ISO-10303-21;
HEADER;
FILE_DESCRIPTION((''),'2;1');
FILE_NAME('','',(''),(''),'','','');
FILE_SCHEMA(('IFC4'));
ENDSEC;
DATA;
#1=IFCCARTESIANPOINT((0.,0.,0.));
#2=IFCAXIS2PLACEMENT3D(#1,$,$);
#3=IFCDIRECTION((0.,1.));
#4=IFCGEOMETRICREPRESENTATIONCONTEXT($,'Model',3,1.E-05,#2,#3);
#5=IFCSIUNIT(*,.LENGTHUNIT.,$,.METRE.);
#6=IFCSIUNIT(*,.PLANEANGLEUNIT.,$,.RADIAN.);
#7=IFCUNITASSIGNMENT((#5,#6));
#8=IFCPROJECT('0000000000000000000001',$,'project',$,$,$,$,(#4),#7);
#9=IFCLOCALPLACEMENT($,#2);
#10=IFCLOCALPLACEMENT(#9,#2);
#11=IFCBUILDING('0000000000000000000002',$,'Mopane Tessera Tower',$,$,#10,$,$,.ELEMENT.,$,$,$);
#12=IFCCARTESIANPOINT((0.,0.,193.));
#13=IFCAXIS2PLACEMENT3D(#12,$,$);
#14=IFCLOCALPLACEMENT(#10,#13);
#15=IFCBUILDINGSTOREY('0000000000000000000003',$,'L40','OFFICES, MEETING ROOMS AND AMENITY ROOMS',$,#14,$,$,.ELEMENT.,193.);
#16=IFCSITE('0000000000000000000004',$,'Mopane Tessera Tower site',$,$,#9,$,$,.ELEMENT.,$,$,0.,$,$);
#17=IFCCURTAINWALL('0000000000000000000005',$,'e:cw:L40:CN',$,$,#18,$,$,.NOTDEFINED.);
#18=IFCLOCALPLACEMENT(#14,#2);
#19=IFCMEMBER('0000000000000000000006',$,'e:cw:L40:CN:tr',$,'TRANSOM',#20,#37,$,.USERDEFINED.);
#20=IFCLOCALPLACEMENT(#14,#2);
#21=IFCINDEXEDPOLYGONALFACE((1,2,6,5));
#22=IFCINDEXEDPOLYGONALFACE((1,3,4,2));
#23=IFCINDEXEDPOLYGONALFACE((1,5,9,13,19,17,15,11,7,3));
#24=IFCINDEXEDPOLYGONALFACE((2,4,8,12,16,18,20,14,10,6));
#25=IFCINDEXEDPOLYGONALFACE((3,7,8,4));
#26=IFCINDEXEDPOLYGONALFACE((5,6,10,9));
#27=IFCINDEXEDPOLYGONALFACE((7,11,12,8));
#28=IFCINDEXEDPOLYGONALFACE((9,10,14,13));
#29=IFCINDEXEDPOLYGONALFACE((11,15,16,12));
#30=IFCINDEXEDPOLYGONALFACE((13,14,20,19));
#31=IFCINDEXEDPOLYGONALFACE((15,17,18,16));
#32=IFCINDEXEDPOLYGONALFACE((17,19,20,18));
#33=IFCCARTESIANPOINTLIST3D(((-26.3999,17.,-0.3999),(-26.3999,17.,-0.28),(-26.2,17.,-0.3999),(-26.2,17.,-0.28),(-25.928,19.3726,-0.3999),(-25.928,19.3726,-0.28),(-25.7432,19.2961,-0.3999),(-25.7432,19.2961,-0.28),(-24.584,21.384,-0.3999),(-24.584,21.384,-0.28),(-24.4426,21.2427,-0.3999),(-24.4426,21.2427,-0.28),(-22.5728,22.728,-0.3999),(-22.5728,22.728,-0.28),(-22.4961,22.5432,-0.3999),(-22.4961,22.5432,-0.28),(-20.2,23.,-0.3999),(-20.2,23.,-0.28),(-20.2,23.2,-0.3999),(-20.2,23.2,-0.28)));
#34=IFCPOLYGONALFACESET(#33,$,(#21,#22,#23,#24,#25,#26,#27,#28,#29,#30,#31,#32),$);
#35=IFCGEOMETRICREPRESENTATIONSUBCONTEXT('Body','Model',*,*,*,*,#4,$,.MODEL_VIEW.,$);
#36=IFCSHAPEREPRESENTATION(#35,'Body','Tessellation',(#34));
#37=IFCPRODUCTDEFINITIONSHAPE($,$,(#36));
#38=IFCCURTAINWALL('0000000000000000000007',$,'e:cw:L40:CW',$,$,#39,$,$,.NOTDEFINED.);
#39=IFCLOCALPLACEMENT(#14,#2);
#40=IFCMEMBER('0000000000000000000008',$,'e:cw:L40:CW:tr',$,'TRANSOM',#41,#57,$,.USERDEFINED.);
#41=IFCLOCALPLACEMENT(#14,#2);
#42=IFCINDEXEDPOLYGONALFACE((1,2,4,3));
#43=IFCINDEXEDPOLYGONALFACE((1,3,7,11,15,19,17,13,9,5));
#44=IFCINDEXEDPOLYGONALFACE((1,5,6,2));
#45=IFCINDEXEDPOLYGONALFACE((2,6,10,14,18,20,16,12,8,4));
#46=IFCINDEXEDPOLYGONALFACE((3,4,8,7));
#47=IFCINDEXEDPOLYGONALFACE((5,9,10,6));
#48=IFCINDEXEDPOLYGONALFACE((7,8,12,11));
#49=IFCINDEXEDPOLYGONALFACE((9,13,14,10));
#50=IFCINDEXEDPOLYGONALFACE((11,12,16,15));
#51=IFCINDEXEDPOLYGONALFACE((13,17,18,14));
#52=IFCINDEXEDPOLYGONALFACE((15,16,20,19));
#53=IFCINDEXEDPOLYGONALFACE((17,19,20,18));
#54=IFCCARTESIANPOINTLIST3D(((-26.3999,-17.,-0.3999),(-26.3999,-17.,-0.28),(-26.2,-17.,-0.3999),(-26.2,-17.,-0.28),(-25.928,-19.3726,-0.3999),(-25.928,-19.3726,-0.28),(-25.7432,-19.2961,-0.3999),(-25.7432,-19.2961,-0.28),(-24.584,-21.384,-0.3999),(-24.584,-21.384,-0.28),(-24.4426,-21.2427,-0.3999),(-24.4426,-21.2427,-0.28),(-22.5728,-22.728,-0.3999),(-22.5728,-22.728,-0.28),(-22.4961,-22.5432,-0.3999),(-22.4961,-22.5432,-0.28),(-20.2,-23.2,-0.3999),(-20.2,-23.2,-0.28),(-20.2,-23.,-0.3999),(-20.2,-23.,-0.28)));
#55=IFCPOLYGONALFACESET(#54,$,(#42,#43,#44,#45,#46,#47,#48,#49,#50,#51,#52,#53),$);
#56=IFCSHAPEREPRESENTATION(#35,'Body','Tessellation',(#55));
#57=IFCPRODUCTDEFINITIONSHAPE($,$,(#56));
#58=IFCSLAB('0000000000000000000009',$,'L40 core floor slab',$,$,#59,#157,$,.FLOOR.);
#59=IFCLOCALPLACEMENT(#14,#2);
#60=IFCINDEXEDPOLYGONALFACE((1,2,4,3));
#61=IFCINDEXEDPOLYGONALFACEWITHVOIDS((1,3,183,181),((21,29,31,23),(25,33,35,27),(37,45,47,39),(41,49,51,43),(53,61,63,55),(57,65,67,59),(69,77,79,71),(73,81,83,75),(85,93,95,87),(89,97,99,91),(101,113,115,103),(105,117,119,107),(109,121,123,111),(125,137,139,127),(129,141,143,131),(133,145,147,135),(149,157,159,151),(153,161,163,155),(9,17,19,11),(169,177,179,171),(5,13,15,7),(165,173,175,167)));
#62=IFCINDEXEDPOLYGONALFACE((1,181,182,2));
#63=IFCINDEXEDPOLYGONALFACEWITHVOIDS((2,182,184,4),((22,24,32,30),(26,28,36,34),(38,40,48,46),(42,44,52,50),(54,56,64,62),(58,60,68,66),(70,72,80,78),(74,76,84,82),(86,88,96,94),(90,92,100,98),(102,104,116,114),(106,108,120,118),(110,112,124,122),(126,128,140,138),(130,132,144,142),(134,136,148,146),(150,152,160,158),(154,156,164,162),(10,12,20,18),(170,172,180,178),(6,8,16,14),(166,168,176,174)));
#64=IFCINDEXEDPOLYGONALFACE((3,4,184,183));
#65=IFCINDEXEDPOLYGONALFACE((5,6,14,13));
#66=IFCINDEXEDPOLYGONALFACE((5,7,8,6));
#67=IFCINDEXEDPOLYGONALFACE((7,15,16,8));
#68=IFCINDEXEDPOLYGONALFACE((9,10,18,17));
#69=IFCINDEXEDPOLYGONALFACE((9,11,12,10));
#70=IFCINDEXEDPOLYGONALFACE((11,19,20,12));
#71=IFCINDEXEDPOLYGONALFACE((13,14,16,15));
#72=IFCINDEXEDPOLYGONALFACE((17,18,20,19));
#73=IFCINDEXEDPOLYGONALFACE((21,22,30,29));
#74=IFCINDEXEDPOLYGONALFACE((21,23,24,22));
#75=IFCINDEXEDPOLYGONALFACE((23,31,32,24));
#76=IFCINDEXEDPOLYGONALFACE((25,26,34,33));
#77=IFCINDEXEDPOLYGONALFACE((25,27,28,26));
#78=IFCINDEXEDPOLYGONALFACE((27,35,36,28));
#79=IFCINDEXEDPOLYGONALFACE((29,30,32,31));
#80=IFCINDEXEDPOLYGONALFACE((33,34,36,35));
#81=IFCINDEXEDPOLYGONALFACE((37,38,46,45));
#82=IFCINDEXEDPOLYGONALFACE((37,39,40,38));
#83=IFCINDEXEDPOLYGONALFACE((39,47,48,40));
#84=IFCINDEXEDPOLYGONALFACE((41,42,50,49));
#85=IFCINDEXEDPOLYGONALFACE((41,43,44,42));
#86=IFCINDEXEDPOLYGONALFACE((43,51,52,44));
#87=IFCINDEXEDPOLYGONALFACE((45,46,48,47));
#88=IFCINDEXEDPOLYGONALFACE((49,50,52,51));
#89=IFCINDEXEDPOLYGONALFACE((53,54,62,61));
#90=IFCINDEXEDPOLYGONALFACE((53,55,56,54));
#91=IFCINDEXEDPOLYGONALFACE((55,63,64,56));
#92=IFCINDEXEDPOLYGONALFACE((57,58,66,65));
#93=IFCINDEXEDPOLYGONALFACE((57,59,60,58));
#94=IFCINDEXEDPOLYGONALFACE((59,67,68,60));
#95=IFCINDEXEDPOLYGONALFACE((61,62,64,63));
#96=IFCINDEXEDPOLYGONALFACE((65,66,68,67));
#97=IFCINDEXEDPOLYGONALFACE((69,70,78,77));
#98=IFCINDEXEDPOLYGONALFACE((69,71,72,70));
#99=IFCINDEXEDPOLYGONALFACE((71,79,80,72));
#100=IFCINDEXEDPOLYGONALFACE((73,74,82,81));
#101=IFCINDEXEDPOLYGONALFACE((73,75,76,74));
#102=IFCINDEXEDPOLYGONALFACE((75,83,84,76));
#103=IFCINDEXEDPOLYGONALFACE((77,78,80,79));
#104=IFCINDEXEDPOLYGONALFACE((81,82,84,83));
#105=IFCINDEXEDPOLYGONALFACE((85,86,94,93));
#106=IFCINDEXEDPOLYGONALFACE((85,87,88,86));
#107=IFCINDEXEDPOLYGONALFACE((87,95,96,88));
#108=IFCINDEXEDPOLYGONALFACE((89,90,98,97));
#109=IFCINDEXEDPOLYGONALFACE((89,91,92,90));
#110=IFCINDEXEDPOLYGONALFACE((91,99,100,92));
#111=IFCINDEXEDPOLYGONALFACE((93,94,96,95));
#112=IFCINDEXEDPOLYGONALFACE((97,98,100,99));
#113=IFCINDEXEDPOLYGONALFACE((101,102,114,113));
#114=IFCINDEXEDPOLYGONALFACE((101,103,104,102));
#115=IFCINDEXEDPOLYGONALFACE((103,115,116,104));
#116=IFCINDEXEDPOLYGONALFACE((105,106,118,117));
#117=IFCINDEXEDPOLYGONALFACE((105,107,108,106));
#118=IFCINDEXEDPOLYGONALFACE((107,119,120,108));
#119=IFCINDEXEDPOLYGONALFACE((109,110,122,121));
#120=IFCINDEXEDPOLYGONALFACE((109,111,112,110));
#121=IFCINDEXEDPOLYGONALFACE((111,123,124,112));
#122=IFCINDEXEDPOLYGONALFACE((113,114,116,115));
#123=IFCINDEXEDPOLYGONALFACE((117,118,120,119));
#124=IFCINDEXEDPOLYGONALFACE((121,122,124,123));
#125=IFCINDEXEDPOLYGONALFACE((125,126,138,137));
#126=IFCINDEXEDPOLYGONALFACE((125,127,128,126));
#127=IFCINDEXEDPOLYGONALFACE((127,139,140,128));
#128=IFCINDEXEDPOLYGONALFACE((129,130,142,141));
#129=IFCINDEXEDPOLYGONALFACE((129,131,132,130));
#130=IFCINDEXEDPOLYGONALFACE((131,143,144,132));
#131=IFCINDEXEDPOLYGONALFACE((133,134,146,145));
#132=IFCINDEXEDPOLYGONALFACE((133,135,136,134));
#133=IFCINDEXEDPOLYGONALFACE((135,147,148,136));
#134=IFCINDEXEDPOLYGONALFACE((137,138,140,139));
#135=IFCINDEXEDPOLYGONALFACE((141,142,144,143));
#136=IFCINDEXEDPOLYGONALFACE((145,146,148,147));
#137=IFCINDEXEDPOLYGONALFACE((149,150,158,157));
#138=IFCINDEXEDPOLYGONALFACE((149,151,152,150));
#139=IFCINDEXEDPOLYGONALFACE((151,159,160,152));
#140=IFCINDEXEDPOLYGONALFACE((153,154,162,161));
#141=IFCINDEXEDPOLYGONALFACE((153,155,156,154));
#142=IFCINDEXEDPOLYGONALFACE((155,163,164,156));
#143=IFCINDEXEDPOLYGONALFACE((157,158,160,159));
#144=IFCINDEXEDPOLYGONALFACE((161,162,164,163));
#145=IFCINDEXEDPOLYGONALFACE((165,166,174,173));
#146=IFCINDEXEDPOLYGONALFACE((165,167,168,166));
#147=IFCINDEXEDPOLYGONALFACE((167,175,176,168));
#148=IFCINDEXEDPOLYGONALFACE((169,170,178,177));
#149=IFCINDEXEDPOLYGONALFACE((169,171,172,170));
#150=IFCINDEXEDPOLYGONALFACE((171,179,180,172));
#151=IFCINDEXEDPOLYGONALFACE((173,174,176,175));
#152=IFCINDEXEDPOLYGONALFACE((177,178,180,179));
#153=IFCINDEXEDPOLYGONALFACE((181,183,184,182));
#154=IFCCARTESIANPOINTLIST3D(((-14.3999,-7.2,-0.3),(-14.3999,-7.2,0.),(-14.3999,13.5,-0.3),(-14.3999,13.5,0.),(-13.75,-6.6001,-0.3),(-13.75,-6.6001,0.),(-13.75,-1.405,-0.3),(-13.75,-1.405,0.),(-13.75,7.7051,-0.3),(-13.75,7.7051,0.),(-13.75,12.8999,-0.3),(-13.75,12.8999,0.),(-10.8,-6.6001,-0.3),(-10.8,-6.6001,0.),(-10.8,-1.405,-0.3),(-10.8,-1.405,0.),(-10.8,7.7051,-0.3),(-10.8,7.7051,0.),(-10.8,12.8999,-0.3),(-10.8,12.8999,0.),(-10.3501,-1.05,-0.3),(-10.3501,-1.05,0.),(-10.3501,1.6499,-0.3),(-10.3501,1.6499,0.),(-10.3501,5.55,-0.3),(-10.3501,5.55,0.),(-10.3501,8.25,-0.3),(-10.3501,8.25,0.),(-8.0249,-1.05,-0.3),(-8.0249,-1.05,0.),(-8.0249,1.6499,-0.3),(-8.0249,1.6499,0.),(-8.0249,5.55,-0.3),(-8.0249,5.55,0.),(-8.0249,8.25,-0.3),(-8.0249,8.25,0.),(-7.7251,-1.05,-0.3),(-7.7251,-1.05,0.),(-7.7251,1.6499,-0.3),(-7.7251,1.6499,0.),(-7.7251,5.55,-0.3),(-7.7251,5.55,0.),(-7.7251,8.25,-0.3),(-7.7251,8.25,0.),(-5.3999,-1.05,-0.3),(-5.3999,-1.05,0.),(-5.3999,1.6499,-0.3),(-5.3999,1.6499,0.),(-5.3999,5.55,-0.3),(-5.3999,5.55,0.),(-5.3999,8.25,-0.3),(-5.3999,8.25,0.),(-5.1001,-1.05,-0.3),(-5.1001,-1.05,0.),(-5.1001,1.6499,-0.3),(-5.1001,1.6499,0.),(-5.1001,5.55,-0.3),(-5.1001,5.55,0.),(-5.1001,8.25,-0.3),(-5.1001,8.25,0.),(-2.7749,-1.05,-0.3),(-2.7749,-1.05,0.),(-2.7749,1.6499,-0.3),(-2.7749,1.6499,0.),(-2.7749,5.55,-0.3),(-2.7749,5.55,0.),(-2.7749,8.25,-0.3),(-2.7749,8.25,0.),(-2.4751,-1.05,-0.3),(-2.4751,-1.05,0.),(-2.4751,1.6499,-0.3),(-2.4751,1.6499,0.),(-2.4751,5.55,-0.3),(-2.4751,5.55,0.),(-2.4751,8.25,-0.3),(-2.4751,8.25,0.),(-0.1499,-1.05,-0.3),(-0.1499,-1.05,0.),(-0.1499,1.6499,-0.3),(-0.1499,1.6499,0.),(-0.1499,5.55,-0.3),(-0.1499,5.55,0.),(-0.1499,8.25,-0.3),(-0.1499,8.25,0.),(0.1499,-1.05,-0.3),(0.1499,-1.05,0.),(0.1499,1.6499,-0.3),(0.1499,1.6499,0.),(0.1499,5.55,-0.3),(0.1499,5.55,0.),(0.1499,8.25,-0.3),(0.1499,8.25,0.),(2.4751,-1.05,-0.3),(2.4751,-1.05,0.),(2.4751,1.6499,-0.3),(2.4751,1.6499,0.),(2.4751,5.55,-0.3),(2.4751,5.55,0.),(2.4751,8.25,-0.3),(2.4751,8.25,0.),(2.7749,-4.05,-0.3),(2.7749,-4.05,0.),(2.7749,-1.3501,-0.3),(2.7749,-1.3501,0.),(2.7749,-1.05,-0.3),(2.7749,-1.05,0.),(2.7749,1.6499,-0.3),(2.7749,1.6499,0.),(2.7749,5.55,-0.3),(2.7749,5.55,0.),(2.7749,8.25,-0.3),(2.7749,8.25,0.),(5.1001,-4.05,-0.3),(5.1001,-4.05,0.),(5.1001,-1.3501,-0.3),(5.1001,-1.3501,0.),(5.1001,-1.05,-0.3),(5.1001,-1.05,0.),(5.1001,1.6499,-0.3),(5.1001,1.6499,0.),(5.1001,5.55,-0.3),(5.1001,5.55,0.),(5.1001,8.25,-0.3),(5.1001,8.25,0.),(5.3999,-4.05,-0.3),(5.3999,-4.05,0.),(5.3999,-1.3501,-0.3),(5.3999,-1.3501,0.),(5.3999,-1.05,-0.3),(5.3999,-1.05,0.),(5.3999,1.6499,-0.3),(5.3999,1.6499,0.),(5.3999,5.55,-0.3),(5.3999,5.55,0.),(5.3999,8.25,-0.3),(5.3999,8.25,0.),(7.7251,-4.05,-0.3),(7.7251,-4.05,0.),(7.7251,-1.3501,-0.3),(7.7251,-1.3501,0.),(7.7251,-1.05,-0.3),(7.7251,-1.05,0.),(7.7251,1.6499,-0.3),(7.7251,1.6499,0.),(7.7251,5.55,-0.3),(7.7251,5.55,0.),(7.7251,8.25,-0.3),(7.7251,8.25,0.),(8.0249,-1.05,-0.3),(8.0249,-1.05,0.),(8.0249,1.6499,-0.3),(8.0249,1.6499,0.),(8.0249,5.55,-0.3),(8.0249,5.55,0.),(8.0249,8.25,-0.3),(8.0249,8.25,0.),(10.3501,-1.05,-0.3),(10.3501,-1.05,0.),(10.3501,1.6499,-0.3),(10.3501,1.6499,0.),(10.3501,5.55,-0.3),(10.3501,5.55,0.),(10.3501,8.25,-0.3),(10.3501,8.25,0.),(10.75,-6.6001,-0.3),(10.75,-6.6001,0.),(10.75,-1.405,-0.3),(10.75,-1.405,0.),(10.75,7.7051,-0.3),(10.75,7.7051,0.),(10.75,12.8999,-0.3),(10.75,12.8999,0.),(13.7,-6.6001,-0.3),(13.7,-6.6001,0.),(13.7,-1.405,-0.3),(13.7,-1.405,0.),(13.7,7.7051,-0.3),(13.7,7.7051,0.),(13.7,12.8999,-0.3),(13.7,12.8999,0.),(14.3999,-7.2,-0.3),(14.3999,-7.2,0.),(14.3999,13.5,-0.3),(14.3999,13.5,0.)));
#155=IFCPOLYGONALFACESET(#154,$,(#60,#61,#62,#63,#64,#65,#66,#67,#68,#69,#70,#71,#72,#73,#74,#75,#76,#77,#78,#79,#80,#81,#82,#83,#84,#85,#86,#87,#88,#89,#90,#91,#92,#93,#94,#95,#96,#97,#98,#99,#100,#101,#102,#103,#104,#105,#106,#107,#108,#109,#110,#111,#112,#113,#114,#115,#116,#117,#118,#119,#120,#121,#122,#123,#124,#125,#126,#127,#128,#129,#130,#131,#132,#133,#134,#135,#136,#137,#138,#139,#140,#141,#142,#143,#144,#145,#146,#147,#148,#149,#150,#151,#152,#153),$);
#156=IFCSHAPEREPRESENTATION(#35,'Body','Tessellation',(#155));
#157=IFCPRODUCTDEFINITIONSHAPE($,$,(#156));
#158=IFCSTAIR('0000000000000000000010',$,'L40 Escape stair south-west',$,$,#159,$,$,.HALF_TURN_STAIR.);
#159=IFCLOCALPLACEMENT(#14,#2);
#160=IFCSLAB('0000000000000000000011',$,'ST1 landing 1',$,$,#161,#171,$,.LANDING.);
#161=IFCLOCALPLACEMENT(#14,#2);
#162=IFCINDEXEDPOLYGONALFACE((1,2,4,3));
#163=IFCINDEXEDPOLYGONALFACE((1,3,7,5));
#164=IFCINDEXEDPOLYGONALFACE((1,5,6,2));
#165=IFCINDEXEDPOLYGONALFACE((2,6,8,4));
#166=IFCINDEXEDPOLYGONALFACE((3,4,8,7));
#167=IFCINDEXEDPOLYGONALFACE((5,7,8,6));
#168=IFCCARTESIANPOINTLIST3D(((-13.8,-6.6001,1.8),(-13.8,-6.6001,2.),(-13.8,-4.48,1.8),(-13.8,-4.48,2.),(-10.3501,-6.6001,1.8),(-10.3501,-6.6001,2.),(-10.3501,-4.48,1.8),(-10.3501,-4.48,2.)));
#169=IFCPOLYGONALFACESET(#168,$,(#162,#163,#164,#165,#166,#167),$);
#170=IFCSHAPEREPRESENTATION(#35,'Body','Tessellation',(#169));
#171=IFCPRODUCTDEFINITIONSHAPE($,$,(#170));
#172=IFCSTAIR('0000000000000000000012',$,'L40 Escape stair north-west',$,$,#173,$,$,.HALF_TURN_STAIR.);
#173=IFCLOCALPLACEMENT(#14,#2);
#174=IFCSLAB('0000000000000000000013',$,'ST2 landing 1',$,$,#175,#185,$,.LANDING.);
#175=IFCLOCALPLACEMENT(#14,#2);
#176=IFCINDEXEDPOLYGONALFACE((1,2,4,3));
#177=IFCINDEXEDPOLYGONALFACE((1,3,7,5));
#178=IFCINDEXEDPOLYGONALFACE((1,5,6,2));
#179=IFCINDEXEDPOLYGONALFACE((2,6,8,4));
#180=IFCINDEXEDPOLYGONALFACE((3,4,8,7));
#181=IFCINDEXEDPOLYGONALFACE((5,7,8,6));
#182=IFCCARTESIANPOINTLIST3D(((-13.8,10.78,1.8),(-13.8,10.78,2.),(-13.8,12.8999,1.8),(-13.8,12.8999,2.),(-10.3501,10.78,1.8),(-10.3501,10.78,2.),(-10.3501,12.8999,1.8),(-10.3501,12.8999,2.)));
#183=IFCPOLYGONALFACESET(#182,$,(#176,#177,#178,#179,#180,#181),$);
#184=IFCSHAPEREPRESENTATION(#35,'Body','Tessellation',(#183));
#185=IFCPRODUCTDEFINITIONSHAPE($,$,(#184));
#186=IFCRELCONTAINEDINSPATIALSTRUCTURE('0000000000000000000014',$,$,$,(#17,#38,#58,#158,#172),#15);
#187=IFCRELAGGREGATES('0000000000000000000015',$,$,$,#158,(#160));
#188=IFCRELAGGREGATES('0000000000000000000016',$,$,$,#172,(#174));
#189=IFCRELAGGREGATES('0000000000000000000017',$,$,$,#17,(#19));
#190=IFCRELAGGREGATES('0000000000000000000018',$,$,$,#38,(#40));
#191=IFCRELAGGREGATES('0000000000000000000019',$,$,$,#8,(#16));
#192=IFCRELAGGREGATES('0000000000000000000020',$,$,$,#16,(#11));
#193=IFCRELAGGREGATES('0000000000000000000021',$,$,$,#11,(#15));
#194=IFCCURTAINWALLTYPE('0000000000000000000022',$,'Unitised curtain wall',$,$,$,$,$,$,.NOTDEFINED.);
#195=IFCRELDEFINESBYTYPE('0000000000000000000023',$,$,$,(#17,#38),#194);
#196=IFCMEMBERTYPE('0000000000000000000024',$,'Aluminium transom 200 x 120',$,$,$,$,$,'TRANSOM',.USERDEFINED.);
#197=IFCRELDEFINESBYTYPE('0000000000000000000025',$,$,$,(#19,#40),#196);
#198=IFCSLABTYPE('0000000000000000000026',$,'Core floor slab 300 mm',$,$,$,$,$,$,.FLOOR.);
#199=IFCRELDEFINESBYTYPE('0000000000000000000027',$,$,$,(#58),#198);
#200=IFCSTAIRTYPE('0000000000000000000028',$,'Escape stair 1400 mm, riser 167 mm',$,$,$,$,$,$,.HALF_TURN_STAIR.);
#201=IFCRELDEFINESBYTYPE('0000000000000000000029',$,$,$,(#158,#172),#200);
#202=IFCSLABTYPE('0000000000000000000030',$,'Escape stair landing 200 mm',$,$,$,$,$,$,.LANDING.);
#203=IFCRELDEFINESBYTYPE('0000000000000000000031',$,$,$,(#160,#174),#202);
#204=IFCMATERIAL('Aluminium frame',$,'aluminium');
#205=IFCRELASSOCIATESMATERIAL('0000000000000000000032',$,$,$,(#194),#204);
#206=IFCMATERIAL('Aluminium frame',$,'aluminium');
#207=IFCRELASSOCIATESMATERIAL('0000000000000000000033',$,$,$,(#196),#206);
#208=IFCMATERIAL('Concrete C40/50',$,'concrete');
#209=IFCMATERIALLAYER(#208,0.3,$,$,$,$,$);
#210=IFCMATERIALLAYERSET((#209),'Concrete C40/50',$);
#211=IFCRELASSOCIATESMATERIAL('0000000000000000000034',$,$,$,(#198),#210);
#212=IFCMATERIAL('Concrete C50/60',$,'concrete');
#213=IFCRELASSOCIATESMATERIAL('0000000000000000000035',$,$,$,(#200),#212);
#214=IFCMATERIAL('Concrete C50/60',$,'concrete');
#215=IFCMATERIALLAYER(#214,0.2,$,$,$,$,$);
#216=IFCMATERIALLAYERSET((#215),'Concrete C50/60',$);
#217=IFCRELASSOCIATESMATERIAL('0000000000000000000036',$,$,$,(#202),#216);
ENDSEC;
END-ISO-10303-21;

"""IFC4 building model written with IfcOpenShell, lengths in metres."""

from ifc_helpers import new_model, si_unit, direction, frame, origin, origin_2d, place, context, subcontext, project, spatial, polyline, rectangle, outline, extrude, material, layer, layer_set, material_profile, profile_set, type_object, element, aggregate, save


model = new_model("IFC4")

# Units and contexts
model_context = context("Model", 3, precision=1e-05, world=origin(), true_north=direction((0.0, 1.0)))
body_context = subcontext(model_context, "Body", "Model", "MODEL_VIEW")
ifc_project = project(units=[si_unit("LENGTHUNIT", "METRE"), si_unit("PLANEANGLEUNIT", "RADIAN")], contexts=[model_context])

# Site, building, storey
site_placement = place(None, origin())
site = spatial("IfcSite", under=ifc_project, at=site_placement, Name="Mopane Tessera Tower site", CompositionType="ELEMENT", RefElevation=0.0)
building_placement = place(site_placement, origin())
building = spatial("IfcBuilding", under=site, at=building_placement, Name="Mopane Tessera Tower", CompositionType="ELEMENT")
storey_placement = place(building_placement, frame((0.0, 0.0, 193.0)))
storey = spatial("IfcBuildingStorey", under=building, at=storey_placement, Name="L40", Description="OFFICES, MEETING ROOMS AND AMENITY ROOMS", CompositionType="ELEMENT", Elevation=193.0)

# Curtain walls, members
ifc_material_1 = material(Name="Aluminium frame", Category="aluminium")
curtain_wall_type = type_object("IfcCurtainWallType", Name="Unitised curtain wall", PredefinedType="NOTDEFINED", material=ifc_material_1)
curtain_wall_1_placement = place(storey_placement, origin())
curtain_wall_1 = element("IfcCurtainWall", 1, at=curtain_wall_1_placement, inside=storey, type_object=curtain_wall_type, Name="e:cw:L40:CN", PredefinedType="NOTDEFINED")
ifc_material_2 = material(Name="Aluminium frame", Category="aluminium")
ifc_material_profile = material_profile(ifc_material_2, rectangle(XDim=0.2, YDim=0.1201, at=origin_2d()))
ifc_profile_set = profile_set([ifc_material_profile], Name="Aluminium frame")
member_type = type_object("IfcMemberType", Name="Aluminium transom 200 x 120", ElementType="TRANSOM", PredefinedType="USERDEFINED", material=ifc_profile_set)
member_1_placement = place(storey_placement, frame((0.0, 0.0, -0.3999)))
member_1 = element("IfcMember", 2, at=member_1_placement, type_object=member_type, Name="e:cw:L40:CN:tr", ObjectType="TRANSOM", PredefinedType="USERDEFINED", context=body_context, shape_type="SweptSolid", body=[
    extrude(outline(polyline([(-20.2, 23.0), (-22.4961, 22.5432), (-24.4426, 21.2427), (-25.7432, 19.2961), (-26.2, 17.0), (-26.3999, 17.0), (-25.928, 19.3726), (-24.584, 21.384), (-22.5728, 22.728), (-20.2, 23.2), (-20.2, 23.0)])), origin(), (0.0, 0.0, 1.0), 0.1199),
])
curtain_wall_2_placement = place(storey_placement, origin())
curtain_wall_2 = element("IfcCurtainWall", 3, at=curtain_wall_2_placement, inside=storey, type_object=curtain_wall_type, Name="e:cw:L40:CW", PredefinedType="NOTDEFINED")
member_2_placement = place(storey_placement, frame((0.0, 0.0, -0.3999)))
member_2 = element("IfcMember", 4, at=member_2_placement, type_object=member_type, Name="e:cw:L40:CW:tr", ObjectType="TRANSOM", PredefinedType="USERDEFINED", context=body_context, shape_type="SweptSolid", body=[
    extrude(outline(polyline([(-26.2, -17.0), (-25.7432, -19.2961), (-24.4426, -21.2427), (-22.4961, -22.5432), (-20.2, -23.0), (-20.2, -23.2), (-22.5728, -22.728), (-24.584, -21.384), (-25.928, -19.3726), (-26.3999, -17.0), (-26.2, -17.0)])), origin(), (0.0, 0.0, 1.0), 0.1199),
])

# Slab
ifc_material_3 = material(Name="Concrete C40/50", Category="concrete")
ifc_layer_1 = layer(ifc_material_3, 0.3)
ifc_layer_set_1 = layer_set([ifc_layer_1], Name="Concrete C40/50")
slab_type_1 = type_object("IfcSlabType", Name="Core floor slab 300 mm", PredefinedType="FLOOR", material=ifc_layer_set_1)
slab_1_placement = place(storey_placement, frame((0.0, 0.0, -0.3)))
element("IfcSlab", 5, at=slab_1_placement, inside=storey, type_object=slab_type_1, Name="L40 core floor slab", PredefinedType="FLOOR", context=body_context, shape_type="SweptSolid", body=[
    extrude(outline(polyline([(-14.3999, -7.2), (14.3999, -7.2), (14.3999, 13.5), (-14.3999, 13.5), (-14.3999, -7.2)]), holes=[polyline([(-10.3501, -1.05), (-8.0249, -1.05), (-8.0249, 1.6499), (-10.3501, 1.6499), (-10.3501, -1.05)]), polyline([(-7.7251, -1.05), (-5.3999, -1.05), (-5.3999, 1.6499), (-7.7251, 1.6499), (-7.7251, -1.05)]), polyline([(-5.1001, -1.05), (-2.7749, -1.05), (-2.7749, 1.6499), (-5.1001, 1.6499), (-5.1001, -1.05)]), polyline([(-2.4751, -1.05), (-0.1499, -1.05), (-0.1499, 1.6499), (-2.4751, 1.6499), (-2.4751, -1.05)]), polyline([(0.1499, -1.05), (2.4751, -1.05), (2.4751, 1.6499), (0.1499, 1.6499), (0.1499, -1.05)]), polyline([(2.7749, -1.05), (5.1001, -1.05), (5.1001, 1.6499), (2.7749, 1.6499), (2.7749, -1.05)]), polyline([(5.3999, -1.05), (7.7251, -1.05), (7.7251, 1.6499), (5.3999, 1.6499), (5.3999, -1.05)]), polyline([(8.0249, -1.05), (10.3501, -1.05), (10.3501, 1.6499), (8.0249, 1.6499), (8.0249, -1.05)]), polyline([(-10.3501, 5.55), (-8.0249, 5.55), (-8.0249, 8.25), (-10.3501, 8.25), (-10.3501, 5.55)]), polyline([(-7.7251, 5.55), (-5.3999, 5.55), (-5.3999, 8.25), (-7.7251, 8.25), (-7.7251, 5.55)]), polyline([(-5.1001, 5.55), (-2.7749, 5.55), (-2.7749, 8.25), (-5.1001, 8.25), (-5.1001, 5.55)]), polyline([(-2.4751, 5.55), (-0.1499, 5.55), (-0.1499, 8.25), (-2.4751, 8.25), (-2.4751, 5.55)]), polyline([(0.1499, 5.55), (2.4751, 5.55), (2.4751, 8.25), (0.1499, 8.25), (0.1499, 5.55)]), polyline([(2.7749, 5.55), (5.1001, 5.55), (5.1001, 8.25), (2.7749, 8.25), (2.7749, 5.55)]), polyline([(5.3999, 5.55), (7.7251, 5.55), (7.7251, 8.25), (5.3999, 8.25), (5.3999, 5.55)]), polyline([(8.0249, 5.55), (10.3501, 5.55), (10.3501, 8.25), (8.0249, 8.25), (8.0249, 5.55)]), polyline([(2.7749, -4.05), (5.1001, -4.05), (5.1001, -1.3501), (2.7749, -1.3501), (2.7749, -4.05)]), polyline([(5.3999, -4.05), (7.7251, -4.05), (7.7251, -1.3501), (5.3999, -1.3501), (5.3999, -4.05)]), polyline([(-13.75, -1.405), (-13.75, -6.6001), (-10.8, -6.6001), (-10.8, -1.405), (-13.75, -1.405)]), polyline([(-10.8, 7.7051), (-10.8, 12.8999), (-13.75, 12.8999), (-13.75, 7.7051), (-10.8, 7.7051)]), polyline([(10.75, -1.405), (10.75, -6.6001), (13.7, -6.6001), (13.7, -1.405), (10.75, -1.405)]), polyline([(13.7, 7.7051), (13.7, 12.8999), (10.75, 12.8999), (10.75, 7.7051), (13.7, 7.7051)])]), origin(), (0.0, 0.0, 1.0), 0.3),
])

# Stairs, slabs
ifc_material_4 = material(Name="Concrete C50/60", Category="concrete")
stair_type = type_object("IfcStairType", Name="Escape stair 1400 mm, riser 167 mm", PredefinedType="HALF_TURN_STAIR", material=ifc_material_4)
stair_1_placement = place(storey_placement, origin())
stair_1 = element("IfcStair", 6, at=stair_1_placement, inside=storey, type_object=stair_type, Name="L40 Escape stair south-west", PredefinedType="HALF_TURN_STAIR")
ifc_material_5 = material(Name="Concrete C50/60", Category="concrete")
ifc_layer_2 = layer(ifc_material_5, 0.2)
ifc_layer_set_2 = layer_set([ifc_layer_2], Name="Concrete C50/60")
slab_type_2 = type_object("IfcSlabType", Name="Escape stair landing 200 mm", PredefinedType="LANDING", material=ifc_layer_set_2)
slab_2_placement = place(storey_placement, frame((0.0, 0.0, 1.8)))
slab_2 = element("IfcSlab", 7, at=slab_2_placement, type_object=slab_type_2, Name="ST1 landing 1", PredefinedType="LANDING", context=body_context, shape_type="SweptSolid", body=[
    extrude(outline(polyline([(-13.8, -4.48), (-13.8, -6.6001), (-10.3501, -6.6001), (-10.3501, -4.48), (-13.8, -4.48)])), origin(), (0.0, 0.0, 1.0), 0.2),
])
aggregate(stair_1, [slab_2])
stair_2_placement = place(storey_placement, origin())
stair_2 = element("IfcStair", 8, at=stair_2_placement, inside=storey, type_object=stair_type, Name="L40 Escape stair north-west", PredefinedType="HALF_TURN_STAIR")
slab_3_placement = place(storey_placement, frame((0.0, 0.0, 1.8)))
slab_3 = element("IfcSlab", 9, at=slab_3_placement, type_object=slab_type_2, Name="ST2 landing 1", PredefinedType="LANDING", context=body_context, shape_type="SweptSolid", body=[
    extrude(outline(polyline([(-10.3501, 10.78), (-10.3501, 12.8999), (-13.8, 12.8999), (-13.8, 10.78), (-10.3501, 10.78)])), origin(), (0.0, 0.0, 1.0), 0.2),
])
aggregate(stair_2, [slab_3])

aggregate(curtain_wall_1, [member_1])
aggregate(curtain_wall_2, [member_2])

save(model, "model.ifc")
